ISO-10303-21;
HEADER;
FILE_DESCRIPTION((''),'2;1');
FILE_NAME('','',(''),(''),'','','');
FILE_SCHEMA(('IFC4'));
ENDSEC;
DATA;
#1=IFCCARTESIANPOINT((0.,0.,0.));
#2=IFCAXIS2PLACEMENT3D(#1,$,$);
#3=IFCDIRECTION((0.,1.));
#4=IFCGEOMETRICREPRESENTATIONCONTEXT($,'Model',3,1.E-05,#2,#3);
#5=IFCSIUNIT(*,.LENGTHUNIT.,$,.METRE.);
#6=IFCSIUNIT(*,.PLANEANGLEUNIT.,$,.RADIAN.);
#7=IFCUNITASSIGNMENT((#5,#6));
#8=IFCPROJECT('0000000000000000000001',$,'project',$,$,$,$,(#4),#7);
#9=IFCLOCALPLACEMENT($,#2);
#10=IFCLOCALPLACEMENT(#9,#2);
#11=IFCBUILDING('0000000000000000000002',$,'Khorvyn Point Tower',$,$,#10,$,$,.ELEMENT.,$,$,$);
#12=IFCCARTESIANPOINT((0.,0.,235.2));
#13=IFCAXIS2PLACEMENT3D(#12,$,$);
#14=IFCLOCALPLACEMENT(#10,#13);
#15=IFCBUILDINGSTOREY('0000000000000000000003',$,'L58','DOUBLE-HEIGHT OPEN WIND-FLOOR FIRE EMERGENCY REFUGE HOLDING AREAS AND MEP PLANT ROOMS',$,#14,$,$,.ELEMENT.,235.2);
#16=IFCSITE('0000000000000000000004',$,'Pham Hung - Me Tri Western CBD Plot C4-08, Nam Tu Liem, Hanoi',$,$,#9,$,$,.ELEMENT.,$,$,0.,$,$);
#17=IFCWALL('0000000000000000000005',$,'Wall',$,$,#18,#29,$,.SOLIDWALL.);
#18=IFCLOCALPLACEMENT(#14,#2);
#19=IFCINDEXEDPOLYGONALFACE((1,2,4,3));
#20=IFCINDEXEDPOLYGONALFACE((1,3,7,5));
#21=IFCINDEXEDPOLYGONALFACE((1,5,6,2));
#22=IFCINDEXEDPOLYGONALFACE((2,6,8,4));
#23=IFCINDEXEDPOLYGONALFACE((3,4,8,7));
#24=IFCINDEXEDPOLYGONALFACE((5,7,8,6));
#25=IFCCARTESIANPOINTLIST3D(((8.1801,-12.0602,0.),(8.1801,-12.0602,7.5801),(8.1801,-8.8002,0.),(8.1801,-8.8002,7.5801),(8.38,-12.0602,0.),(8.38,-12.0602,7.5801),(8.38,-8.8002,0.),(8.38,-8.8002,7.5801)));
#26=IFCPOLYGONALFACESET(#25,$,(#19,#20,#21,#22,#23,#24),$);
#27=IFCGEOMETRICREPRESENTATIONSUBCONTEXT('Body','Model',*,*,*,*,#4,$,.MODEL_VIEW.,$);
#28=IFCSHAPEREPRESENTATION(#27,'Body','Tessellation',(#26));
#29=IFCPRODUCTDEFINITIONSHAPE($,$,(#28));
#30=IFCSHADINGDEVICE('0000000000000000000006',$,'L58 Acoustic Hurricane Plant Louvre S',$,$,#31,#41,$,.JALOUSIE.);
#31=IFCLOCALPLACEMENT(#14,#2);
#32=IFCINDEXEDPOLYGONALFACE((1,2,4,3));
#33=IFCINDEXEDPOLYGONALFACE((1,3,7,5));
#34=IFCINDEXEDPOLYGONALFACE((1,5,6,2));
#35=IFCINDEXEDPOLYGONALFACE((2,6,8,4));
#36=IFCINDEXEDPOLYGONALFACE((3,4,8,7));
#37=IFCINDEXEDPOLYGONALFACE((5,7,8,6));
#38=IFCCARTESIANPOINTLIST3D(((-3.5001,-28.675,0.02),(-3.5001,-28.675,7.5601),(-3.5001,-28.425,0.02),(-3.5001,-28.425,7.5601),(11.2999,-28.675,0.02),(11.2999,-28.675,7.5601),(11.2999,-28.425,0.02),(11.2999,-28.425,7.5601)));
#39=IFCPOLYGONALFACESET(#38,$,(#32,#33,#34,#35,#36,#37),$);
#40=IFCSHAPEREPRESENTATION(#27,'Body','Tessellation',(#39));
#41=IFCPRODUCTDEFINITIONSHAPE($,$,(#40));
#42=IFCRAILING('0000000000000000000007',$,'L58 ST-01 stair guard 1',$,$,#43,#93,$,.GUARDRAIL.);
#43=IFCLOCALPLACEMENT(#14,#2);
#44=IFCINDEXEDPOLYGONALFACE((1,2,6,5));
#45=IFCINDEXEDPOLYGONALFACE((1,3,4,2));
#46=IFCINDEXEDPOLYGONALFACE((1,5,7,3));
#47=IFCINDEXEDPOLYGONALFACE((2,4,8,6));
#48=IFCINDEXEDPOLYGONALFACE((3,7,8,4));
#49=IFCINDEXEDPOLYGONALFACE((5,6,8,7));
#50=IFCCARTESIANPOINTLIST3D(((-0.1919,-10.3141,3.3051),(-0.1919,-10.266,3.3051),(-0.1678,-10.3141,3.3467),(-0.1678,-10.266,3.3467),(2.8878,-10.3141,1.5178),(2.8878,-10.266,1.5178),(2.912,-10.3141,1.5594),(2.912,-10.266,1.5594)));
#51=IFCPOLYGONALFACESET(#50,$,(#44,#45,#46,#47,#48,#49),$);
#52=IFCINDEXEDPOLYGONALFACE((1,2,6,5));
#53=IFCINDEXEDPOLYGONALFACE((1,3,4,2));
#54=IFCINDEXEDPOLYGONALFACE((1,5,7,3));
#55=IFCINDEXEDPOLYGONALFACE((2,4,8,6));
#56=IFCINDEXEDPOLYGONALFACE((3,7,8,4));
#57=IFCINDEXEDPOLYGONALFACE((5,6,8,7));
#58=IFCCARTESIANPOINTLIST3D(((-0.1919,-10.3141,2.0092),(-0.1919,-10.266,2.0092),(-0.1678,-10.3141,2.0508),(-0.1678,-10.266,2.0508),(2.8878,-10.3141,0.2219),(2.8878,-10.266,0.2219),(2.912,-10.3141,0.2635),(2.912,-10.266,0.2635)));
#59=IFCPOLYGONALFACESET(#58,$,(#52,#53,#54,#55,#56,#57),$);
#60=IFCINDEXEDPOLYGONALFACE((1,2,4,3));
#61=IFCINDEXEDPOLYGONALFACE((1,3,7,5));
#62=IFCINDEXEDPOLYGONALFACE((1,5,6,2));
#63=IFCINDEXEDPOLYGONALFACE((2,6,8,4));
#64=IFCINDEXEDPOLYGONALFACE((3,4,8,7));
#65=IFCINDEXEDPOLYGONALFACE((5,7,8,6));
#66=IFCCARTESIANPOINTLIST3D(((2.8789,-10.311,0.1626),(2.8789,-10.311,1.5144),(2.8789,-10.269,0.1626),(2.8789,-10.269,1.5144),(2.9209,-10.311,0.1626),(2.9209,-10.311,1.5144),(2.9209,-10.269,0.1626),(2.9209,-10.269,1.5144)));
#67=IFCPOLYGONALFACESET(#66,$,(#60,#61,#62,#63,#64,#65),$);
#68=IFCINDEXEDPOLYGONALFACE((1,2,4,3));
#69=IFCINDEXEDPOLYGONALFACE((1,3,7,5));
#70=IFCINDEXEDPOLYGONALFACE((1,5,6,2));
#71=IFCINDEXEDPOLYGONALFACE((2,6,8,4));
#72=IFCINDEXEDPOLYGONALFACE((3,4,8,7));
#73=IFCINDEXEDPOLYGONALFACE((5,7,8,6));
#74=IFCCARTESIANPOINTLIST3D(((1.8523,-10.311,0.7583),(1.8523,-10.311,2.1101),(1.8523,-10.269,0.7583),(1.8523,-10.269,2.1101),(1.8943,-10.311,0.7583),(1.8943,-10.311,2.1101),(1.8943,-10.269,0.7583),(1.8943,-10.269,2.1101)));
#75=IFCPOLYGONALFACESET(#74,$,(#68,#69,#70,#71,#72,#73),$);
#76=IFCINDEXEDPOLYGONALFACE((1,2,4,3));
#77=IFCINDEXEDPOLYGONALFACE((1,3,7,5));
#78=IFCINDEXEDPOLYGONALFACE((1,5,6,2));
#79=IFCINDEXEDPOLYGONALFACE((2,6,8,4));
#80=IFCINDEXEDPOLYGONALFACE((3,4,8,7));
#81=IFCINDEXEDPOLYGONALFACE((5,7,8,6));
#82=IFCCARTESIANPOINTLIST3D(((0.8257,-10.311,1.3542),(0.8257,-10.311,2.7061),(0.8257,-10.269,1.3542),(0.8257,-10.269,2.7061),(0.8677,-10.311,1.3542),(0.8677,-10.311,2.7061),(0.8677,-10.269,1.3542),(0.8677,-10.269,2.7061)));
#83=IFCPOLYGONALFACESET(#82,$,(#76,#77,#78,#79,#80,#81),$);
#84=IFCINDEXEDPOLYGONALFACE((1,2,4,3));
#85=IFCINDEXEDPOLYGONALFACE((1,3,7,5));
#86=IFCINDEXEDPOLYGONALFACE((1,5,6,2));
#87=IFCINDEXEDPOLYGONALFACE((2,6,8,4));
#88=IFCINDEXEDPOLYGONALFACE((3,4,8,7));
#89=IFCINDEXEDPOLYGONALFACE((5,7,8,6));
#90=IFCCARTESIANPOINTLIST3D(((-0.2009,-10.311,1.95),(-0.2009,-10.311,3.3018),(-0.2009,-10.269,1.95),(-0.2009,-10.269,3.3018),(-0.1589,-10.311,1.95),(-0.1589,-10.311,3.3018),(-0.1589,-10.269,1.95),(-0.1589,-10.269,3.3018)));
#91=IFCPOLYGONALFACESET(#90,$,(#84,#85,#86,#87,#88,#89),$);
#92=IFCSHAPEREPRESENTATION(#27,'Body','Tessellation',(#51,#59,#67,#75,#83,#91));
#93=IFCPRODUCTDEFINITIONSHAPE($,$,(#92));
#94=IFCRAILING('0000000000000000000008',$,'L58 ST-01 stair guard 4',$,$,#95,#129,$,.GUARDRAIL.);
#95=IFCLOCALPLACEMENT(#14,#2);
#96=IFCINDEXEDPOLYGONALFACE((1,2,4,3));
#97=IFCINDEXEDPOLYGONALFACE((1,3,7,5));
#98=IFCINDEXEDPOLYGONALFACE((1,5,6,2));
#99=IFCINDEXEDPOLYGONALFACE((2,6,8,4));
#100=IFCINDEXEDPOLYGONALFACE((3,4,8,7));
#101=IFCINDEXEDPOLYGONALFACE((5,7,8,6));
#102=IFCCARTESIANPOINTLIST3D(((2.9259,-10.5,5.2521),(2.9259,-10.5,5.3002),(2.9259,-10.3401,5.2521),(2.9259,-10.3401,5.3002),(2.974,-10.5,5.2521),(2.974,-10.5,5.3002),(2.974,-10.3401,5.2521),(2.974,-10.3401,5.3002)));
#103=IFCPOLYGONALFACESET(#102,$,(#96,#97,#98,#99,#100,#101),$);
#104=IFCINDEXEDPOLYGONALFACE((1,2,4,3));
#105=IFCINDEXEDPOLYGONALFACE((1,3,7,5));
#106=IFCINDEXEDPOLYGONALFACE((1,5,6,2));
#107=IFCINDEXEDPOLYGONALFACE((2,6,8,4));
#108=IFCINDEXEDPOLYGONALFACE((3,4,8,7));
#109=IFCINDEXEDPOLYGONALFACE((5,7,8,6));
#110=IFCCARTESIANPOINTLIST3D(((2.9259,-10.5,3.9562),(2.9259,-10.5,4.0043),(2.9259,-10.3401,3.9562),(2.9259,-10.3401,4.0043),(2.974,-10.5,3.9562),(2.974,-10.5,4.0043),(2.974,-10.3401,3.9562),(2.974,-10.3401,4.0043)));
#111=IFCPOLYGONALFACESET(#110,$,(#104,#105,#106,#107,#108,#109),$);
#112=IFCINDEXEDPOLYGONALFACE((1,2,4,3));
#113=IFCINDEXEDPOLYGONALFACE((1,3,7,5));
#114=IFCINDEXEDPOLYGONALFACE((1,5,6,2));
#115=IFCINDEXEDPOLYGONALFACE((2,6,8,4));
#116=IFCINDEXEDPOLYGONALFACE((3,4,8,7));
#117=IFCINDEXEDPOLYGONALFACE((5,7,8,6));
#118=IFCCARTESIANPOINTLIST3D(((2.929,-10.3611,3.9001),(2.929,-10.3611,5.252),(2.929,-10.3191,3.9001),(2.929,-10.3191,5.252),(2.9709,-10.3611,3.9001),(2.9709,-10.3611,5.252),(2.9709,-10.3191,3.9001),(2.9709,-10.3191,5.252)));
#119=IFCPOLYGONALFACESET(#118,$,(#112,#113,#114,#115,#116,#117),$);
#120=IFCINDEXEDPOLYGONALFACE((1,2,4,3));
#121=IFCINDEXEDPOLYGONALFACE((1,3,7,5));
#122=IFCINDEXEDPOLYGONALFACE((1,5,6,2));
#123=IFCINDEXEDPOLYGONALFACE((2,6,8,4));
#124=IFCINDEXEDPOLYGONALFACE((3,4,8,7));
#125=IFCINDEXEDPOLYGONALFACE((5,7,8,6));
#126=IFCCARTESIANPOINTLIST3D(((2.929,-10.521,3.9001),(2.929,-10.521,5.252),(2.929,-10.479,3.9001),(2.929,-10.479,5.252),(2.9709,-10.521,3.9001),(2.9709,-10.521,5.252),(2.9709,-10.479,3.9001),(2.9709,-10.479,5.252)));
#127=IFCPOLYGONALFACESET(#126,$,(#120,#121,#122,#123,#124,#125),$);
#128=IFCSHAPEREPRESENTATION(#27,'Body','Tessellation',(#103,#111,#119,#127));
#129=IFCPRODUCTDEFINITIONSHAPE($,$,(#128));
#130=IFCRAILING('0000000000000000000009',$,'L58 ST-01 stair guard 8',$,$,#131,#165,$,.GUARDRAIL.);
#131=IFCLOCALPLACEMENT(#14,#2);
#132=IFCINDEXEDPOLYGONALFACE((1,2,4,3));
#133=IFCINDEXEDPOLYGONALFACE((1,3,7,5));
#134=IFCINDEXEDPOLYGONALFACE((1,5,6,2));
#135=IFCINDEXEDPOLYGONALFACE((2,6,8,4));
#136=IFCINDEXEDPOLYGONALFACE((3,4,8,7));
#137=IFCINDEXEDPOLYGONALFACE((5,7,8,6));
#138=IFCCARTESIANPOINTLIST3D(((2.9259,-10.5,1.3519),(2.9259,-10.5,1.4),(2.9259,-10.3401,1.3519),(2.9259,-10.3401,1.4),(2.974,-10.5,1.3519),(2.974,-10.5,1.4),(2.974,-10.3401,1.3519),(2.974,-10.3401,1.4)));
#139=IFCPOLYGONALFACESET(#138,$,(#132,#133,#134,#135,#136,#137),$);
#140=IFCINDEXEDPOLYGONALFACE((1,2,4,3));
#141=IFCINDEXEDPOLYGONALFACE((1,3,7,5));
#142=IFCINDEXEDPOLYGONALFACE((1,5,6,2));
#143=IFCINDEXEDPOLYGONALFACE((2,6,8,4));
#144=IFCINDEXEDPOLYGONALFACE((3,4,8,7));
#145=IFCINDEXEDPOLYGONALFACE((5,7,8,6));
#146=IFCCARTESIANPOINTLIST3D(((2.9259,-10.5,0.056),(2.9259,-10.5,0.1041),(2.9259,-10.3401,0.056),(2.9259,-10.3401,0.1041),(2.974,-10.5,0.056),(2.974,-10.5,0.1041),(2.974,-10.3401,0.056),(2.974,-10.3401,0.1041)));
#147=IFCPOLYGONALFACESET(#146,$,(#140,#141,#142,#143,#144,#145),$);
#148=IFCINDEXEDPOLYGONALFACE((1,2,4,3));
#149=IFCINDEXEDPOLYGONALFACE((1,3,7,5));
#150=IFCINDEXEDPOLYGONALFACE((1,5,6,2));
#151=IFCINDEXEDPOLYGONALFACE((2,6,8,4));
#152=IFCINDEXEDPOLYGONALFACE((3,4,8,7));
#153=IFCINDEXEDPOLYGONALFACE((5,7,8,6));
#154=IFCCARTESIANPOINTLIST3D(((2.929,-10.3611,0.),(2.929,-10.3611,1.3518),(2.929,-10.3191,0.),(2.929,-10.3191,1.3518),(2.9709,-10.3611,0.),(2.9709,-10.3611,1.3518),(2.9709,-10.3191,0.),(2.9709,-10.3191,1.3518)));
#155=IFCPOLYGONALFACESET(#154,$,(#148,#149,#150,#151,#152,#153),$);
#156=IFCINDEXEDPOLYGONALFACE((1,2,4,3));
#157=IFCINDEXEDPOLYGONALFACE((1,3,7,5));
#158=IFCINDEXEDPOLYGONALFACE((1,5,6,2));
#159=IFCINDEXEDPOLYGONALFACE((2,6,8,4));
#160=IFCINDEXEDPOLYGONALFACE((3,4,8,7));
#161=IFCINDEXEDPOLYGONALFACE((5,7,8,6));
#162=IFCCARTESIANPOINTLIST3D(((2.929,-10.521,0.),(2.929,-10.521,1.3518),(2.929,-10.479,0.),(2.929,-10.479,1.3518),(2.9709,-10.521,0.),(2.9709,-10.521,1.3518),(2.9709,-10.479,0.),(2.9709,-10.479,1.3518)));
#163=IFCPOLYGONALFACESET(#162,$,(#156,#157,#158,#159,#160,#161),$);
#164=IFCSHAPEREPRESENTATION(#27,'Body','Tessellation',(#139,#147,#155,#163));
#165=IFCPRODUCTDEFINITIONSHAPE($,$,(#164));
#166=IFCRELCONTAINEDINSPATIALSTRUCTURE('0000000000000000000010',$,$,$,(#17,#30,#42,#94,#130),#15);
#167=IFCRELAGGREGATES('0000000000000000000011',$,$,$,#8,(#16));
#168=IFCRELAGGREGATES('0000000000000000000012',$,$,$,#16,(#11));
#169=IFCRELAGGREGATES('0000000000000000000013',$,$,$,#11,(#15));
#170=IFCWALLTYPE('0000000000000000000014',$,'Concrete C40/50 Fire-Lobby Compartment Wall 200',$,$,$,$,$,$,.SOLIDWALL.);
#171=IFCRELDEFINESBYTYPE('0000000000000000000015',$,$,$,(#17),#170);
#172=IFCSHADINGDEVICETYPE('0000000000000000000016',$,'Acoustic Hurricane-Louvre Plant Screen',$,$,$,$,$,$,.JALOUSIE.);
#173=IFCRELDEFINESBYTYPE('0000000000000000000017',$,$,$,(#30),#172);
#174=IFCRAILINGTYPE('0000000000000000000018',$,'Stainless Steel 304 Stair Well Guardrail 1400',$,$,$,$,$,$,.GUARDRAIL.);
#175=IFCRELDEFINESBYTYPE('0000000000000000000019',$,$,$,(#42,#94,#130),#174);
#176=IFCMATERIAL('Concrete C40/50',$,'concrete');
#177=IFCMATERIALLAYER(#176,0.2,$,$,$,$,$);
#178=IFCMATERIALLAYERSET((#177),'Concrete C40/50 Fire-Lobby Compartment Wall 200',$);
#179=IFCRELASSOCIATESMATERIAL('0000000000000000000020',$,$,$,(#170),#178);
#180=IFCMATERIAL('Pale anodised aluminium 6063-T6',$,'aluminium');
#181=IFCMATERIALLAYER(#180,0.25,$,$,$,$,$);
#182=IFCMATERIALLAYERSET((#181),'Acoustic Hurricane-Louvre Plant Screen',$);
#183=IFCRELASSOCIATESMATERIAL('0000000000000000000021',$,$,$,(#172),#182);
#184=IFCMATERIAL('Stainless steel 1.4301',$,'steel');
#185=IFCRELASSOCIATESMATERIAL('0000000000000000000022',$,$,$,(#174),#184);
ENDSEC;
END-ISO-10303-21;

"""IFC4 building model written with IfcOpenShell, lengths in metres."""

from ifc_helpers import new_model, si_unit, direction, frame, frame_2d, origin, origin_2d, place, context, subcontext, project, spatial, rectangle, extrude, material, layer, layer_set, type_object, element, save


model = new_model("IFC4")

# Units and contexts
model_context = context("Model", 3, precision=1e-05, world=origin(), true_north=direction((0.0, 1.0)))
body_context = subcontext(model_context, "Body", "Model", "MODEL_VIEW")
ifc_project = project(units=[si_unit("LENGTHUNIT", "METRE"), si_unit("PLANEANGLEUNIT", "RADIAN")], contexts=[model_context])

# Site, building, storey
site_placement = place(None, origin())
site = spatial("IfcSite", under=ifc_project, at=site_placement, Name="Pham Hung - Me Tri Western CBD Plot C4-08, Nam Tu Liem, Hanoi", CompositionType="ELEMENT", RefElevation=0.0)
building_placement = place(site_placement, origin())
building = spatial("IfcBuilding", under=site, at=building_placement, Name="Khorvyn Point Tower", CompositionType="ELEMENT")
storey_placement = place(building_placement, frame((0.0, 0.0, 235.2)))
storey = spatial("IfcBuildingStorey", under=building, at=storey_placement, Name="L58", Description="DOUBLE-HEIGHT OPEN WIND-FLOOR FIRE EMERGENCY REFUGE HOLDING AREAS AND MEP PLANT ROOMS", CompositionType="ELEMENT", Elevation=235.2)

# Shared definitions
ifc_material_1 = material(Name="Concrete C40/50", Category="concrete")
ifc_layer_1 = layer(ifc_material_1, 0.2)
ifc_layer_set_1 = layer_set([ifc_layer_1], Name="Concrete C40/50 Fire-Lobby Compartment Wall 200")
wall_type = type_object("IfcWallType", Name="Concrete C40/50 Fire-Lobby Compartment Wall 200", PredefinedType="SOLIDWALL", material=ifc_layer_set_1)

# Wall
wall_1_placement = place(storey_placement, frame((8.28, -12.0601, 0.0), z_axis=(0.0, 0.0, 1.0), x_axis=(0.0, 1.0, 0.0)))
element("IfcWall", 1, at=wall_1_placement, inside=storey, type_object=wall_type, Name="Wall", PredefinedType="SOLIDWALL", context=body_context, shape_type="SweptSolid", body=[
    extrude(rectangle(XDim=3.26, YDim=0.2, at=frame_2d((1.6299, 0.0))), origin(), (0.0, 0.0, 1.0), 7.5801),
])

# Shading device
ifc_material_2 = material(Name="Pale anodised aluminium 6063-T6", Category="aluminium")
ifc_layer_2 = layer(ifc_material_2, 0.25)
ifc_layer_set_2 = layer_set([ifc_layer_2], Name="Acoustic Hurricane-Louvre Plant Screen")
shading_device_type = type_object("IfcShadingDeviceType", Name="Acoustic Hurricane-Louvre Plant Screen", PredefinedType="JALOUSIE", material=ifc_layer_set_2)
shading_device_placement = place(storey_placement, frame((3.8999, -28.55, 0.02), z_axis=(0.0, 0.0, 1.0), x_axis=(1.0, 0.0, 0.0)))
element("IfcShadingDevice", 2, at=shading_device_placement, inside=storey, type_object=shading_device_type, Name="L58 Acoustic Hurricane Plant Louvre S", PredefinedType="JALOUSIE", context=body_context, shape_type="SweptSolid", body=[
    extrude(rectangle(XDim=14.8, YDim=0.25, at=origin_2d()), origin(), (0.0, 0.0, 1.0), 7.54),
])

# Railings
ifc_material_3 = material(Name="Stainless steel 1.4301", Category="steel")
railing_type = type_object("IfcRailingType", Name="Stainless Steel 304 Stair Well Guardrail 1400", PredefinedType="GUARDRAIL", material=ifc_material_3)
railing_placement = place(storey_placement, frame((2.8999, -10.29, 0.1626)))
element("IfcRailing", 3, at=railing_placement, inside=storey, type_object=railing_type, Name="L58 ST-01 stair guard 1", PredefinedType="GUARDRAIL", context=body_context, shape_type="SweptSolid", body=[
    extrude(rectangle(XDim=0.0481, YDim=0.0481, at=origin_2d()), frame((0.0, 0.0, 1.376), z_axis=(-0.864903, 0.0, 0.501939), x_axis=(0.0, -1.0, 0.0)), (0.0, 0.0, 1.0), 3.5608),
    extrude(rectangle(XDim=0.0481, YDim=0.0481, at=origin_2d()), frame((0.0, 0.0, 0.0801), z_axis=(-0.864903, 0.0, 0.501939), x_axis=(0.0, -1.0, 0.0)), (0.0, 0.0, 1.0), 3.5608),
    extrude(rectangle(XDim=0.042, YDim=0.042, at=origin_2d()), origin(), (0.0, 0.0, 1.0), 1.3518),
    extrude(rectangle(XDim=0.042, YDim=0.042, at=origin_2d()), frame((-1.0266, 0.0, 0.5957)), (0.0, 0.0, 1.0), 1.3518),
    extrude(rectangle(XDim=0.042, YDim=0.042, at=origin_2d()), frame((-2.0532, 0.0, 1.1917)), (0.0, 0.0, 1.0), 1.3518),
    extrude(rectangle(XDim=0.042, YDim=0.042, at=origin_2d()), frame((-3.0798, 0.0, 1.7874)), (0.0, 0.0, 1.0), 1.3518),
])
for number, where, name in (
    (4, (2.95, -10.3401, 3.9001), "L58 ST-01 stair guard 4"),
    (5, (2.95, -10.3401, 0.0), "L58 ST-01 stair guard 8"),
):
    element("IfcRailing", number, at=place(storey_placement, frame(where)), inside=storey, type_object=railing_type, Name=name, PredefinedType="GUARDRAIL", context=body_context, shape_type="SweptSolid", body=[
        extrude(rectangle(XDim=0.0481, YDim=0.0481, at=origin_2d()), frame((0.0, 0.0, 1.376), z_axis=(0.0, -1.0, 0.0), x_axis=(1.0, 0.0, 0.0)), (0.0, 0.0, 1.0), 0.1599),
        extrude(rectangle(XDim=0.0481, YDim=0.0481, at=origin_2d()), frame((0.0, 0.0, 0.0801), z_axis=(0.0, -1.0, 0.0), x_axis=(1.0, 0.0, 0.0)), (0.0, 0.0, 1.0), 0.1599),
        extrude(rectangle(XDim=0.042, YDim=0.042, at=origin_2d()), origin(), (0.0, 0.0, 1.0), 1.3518),
        extrude(rectangle(XDim=0.042, YDim=0.042, at=origin_2d()), frame((0.0, -0.1599, 0.0)), (0.0, 0.0, 1.0), 1.3518),
    ])

save(model, "model.ifc")
